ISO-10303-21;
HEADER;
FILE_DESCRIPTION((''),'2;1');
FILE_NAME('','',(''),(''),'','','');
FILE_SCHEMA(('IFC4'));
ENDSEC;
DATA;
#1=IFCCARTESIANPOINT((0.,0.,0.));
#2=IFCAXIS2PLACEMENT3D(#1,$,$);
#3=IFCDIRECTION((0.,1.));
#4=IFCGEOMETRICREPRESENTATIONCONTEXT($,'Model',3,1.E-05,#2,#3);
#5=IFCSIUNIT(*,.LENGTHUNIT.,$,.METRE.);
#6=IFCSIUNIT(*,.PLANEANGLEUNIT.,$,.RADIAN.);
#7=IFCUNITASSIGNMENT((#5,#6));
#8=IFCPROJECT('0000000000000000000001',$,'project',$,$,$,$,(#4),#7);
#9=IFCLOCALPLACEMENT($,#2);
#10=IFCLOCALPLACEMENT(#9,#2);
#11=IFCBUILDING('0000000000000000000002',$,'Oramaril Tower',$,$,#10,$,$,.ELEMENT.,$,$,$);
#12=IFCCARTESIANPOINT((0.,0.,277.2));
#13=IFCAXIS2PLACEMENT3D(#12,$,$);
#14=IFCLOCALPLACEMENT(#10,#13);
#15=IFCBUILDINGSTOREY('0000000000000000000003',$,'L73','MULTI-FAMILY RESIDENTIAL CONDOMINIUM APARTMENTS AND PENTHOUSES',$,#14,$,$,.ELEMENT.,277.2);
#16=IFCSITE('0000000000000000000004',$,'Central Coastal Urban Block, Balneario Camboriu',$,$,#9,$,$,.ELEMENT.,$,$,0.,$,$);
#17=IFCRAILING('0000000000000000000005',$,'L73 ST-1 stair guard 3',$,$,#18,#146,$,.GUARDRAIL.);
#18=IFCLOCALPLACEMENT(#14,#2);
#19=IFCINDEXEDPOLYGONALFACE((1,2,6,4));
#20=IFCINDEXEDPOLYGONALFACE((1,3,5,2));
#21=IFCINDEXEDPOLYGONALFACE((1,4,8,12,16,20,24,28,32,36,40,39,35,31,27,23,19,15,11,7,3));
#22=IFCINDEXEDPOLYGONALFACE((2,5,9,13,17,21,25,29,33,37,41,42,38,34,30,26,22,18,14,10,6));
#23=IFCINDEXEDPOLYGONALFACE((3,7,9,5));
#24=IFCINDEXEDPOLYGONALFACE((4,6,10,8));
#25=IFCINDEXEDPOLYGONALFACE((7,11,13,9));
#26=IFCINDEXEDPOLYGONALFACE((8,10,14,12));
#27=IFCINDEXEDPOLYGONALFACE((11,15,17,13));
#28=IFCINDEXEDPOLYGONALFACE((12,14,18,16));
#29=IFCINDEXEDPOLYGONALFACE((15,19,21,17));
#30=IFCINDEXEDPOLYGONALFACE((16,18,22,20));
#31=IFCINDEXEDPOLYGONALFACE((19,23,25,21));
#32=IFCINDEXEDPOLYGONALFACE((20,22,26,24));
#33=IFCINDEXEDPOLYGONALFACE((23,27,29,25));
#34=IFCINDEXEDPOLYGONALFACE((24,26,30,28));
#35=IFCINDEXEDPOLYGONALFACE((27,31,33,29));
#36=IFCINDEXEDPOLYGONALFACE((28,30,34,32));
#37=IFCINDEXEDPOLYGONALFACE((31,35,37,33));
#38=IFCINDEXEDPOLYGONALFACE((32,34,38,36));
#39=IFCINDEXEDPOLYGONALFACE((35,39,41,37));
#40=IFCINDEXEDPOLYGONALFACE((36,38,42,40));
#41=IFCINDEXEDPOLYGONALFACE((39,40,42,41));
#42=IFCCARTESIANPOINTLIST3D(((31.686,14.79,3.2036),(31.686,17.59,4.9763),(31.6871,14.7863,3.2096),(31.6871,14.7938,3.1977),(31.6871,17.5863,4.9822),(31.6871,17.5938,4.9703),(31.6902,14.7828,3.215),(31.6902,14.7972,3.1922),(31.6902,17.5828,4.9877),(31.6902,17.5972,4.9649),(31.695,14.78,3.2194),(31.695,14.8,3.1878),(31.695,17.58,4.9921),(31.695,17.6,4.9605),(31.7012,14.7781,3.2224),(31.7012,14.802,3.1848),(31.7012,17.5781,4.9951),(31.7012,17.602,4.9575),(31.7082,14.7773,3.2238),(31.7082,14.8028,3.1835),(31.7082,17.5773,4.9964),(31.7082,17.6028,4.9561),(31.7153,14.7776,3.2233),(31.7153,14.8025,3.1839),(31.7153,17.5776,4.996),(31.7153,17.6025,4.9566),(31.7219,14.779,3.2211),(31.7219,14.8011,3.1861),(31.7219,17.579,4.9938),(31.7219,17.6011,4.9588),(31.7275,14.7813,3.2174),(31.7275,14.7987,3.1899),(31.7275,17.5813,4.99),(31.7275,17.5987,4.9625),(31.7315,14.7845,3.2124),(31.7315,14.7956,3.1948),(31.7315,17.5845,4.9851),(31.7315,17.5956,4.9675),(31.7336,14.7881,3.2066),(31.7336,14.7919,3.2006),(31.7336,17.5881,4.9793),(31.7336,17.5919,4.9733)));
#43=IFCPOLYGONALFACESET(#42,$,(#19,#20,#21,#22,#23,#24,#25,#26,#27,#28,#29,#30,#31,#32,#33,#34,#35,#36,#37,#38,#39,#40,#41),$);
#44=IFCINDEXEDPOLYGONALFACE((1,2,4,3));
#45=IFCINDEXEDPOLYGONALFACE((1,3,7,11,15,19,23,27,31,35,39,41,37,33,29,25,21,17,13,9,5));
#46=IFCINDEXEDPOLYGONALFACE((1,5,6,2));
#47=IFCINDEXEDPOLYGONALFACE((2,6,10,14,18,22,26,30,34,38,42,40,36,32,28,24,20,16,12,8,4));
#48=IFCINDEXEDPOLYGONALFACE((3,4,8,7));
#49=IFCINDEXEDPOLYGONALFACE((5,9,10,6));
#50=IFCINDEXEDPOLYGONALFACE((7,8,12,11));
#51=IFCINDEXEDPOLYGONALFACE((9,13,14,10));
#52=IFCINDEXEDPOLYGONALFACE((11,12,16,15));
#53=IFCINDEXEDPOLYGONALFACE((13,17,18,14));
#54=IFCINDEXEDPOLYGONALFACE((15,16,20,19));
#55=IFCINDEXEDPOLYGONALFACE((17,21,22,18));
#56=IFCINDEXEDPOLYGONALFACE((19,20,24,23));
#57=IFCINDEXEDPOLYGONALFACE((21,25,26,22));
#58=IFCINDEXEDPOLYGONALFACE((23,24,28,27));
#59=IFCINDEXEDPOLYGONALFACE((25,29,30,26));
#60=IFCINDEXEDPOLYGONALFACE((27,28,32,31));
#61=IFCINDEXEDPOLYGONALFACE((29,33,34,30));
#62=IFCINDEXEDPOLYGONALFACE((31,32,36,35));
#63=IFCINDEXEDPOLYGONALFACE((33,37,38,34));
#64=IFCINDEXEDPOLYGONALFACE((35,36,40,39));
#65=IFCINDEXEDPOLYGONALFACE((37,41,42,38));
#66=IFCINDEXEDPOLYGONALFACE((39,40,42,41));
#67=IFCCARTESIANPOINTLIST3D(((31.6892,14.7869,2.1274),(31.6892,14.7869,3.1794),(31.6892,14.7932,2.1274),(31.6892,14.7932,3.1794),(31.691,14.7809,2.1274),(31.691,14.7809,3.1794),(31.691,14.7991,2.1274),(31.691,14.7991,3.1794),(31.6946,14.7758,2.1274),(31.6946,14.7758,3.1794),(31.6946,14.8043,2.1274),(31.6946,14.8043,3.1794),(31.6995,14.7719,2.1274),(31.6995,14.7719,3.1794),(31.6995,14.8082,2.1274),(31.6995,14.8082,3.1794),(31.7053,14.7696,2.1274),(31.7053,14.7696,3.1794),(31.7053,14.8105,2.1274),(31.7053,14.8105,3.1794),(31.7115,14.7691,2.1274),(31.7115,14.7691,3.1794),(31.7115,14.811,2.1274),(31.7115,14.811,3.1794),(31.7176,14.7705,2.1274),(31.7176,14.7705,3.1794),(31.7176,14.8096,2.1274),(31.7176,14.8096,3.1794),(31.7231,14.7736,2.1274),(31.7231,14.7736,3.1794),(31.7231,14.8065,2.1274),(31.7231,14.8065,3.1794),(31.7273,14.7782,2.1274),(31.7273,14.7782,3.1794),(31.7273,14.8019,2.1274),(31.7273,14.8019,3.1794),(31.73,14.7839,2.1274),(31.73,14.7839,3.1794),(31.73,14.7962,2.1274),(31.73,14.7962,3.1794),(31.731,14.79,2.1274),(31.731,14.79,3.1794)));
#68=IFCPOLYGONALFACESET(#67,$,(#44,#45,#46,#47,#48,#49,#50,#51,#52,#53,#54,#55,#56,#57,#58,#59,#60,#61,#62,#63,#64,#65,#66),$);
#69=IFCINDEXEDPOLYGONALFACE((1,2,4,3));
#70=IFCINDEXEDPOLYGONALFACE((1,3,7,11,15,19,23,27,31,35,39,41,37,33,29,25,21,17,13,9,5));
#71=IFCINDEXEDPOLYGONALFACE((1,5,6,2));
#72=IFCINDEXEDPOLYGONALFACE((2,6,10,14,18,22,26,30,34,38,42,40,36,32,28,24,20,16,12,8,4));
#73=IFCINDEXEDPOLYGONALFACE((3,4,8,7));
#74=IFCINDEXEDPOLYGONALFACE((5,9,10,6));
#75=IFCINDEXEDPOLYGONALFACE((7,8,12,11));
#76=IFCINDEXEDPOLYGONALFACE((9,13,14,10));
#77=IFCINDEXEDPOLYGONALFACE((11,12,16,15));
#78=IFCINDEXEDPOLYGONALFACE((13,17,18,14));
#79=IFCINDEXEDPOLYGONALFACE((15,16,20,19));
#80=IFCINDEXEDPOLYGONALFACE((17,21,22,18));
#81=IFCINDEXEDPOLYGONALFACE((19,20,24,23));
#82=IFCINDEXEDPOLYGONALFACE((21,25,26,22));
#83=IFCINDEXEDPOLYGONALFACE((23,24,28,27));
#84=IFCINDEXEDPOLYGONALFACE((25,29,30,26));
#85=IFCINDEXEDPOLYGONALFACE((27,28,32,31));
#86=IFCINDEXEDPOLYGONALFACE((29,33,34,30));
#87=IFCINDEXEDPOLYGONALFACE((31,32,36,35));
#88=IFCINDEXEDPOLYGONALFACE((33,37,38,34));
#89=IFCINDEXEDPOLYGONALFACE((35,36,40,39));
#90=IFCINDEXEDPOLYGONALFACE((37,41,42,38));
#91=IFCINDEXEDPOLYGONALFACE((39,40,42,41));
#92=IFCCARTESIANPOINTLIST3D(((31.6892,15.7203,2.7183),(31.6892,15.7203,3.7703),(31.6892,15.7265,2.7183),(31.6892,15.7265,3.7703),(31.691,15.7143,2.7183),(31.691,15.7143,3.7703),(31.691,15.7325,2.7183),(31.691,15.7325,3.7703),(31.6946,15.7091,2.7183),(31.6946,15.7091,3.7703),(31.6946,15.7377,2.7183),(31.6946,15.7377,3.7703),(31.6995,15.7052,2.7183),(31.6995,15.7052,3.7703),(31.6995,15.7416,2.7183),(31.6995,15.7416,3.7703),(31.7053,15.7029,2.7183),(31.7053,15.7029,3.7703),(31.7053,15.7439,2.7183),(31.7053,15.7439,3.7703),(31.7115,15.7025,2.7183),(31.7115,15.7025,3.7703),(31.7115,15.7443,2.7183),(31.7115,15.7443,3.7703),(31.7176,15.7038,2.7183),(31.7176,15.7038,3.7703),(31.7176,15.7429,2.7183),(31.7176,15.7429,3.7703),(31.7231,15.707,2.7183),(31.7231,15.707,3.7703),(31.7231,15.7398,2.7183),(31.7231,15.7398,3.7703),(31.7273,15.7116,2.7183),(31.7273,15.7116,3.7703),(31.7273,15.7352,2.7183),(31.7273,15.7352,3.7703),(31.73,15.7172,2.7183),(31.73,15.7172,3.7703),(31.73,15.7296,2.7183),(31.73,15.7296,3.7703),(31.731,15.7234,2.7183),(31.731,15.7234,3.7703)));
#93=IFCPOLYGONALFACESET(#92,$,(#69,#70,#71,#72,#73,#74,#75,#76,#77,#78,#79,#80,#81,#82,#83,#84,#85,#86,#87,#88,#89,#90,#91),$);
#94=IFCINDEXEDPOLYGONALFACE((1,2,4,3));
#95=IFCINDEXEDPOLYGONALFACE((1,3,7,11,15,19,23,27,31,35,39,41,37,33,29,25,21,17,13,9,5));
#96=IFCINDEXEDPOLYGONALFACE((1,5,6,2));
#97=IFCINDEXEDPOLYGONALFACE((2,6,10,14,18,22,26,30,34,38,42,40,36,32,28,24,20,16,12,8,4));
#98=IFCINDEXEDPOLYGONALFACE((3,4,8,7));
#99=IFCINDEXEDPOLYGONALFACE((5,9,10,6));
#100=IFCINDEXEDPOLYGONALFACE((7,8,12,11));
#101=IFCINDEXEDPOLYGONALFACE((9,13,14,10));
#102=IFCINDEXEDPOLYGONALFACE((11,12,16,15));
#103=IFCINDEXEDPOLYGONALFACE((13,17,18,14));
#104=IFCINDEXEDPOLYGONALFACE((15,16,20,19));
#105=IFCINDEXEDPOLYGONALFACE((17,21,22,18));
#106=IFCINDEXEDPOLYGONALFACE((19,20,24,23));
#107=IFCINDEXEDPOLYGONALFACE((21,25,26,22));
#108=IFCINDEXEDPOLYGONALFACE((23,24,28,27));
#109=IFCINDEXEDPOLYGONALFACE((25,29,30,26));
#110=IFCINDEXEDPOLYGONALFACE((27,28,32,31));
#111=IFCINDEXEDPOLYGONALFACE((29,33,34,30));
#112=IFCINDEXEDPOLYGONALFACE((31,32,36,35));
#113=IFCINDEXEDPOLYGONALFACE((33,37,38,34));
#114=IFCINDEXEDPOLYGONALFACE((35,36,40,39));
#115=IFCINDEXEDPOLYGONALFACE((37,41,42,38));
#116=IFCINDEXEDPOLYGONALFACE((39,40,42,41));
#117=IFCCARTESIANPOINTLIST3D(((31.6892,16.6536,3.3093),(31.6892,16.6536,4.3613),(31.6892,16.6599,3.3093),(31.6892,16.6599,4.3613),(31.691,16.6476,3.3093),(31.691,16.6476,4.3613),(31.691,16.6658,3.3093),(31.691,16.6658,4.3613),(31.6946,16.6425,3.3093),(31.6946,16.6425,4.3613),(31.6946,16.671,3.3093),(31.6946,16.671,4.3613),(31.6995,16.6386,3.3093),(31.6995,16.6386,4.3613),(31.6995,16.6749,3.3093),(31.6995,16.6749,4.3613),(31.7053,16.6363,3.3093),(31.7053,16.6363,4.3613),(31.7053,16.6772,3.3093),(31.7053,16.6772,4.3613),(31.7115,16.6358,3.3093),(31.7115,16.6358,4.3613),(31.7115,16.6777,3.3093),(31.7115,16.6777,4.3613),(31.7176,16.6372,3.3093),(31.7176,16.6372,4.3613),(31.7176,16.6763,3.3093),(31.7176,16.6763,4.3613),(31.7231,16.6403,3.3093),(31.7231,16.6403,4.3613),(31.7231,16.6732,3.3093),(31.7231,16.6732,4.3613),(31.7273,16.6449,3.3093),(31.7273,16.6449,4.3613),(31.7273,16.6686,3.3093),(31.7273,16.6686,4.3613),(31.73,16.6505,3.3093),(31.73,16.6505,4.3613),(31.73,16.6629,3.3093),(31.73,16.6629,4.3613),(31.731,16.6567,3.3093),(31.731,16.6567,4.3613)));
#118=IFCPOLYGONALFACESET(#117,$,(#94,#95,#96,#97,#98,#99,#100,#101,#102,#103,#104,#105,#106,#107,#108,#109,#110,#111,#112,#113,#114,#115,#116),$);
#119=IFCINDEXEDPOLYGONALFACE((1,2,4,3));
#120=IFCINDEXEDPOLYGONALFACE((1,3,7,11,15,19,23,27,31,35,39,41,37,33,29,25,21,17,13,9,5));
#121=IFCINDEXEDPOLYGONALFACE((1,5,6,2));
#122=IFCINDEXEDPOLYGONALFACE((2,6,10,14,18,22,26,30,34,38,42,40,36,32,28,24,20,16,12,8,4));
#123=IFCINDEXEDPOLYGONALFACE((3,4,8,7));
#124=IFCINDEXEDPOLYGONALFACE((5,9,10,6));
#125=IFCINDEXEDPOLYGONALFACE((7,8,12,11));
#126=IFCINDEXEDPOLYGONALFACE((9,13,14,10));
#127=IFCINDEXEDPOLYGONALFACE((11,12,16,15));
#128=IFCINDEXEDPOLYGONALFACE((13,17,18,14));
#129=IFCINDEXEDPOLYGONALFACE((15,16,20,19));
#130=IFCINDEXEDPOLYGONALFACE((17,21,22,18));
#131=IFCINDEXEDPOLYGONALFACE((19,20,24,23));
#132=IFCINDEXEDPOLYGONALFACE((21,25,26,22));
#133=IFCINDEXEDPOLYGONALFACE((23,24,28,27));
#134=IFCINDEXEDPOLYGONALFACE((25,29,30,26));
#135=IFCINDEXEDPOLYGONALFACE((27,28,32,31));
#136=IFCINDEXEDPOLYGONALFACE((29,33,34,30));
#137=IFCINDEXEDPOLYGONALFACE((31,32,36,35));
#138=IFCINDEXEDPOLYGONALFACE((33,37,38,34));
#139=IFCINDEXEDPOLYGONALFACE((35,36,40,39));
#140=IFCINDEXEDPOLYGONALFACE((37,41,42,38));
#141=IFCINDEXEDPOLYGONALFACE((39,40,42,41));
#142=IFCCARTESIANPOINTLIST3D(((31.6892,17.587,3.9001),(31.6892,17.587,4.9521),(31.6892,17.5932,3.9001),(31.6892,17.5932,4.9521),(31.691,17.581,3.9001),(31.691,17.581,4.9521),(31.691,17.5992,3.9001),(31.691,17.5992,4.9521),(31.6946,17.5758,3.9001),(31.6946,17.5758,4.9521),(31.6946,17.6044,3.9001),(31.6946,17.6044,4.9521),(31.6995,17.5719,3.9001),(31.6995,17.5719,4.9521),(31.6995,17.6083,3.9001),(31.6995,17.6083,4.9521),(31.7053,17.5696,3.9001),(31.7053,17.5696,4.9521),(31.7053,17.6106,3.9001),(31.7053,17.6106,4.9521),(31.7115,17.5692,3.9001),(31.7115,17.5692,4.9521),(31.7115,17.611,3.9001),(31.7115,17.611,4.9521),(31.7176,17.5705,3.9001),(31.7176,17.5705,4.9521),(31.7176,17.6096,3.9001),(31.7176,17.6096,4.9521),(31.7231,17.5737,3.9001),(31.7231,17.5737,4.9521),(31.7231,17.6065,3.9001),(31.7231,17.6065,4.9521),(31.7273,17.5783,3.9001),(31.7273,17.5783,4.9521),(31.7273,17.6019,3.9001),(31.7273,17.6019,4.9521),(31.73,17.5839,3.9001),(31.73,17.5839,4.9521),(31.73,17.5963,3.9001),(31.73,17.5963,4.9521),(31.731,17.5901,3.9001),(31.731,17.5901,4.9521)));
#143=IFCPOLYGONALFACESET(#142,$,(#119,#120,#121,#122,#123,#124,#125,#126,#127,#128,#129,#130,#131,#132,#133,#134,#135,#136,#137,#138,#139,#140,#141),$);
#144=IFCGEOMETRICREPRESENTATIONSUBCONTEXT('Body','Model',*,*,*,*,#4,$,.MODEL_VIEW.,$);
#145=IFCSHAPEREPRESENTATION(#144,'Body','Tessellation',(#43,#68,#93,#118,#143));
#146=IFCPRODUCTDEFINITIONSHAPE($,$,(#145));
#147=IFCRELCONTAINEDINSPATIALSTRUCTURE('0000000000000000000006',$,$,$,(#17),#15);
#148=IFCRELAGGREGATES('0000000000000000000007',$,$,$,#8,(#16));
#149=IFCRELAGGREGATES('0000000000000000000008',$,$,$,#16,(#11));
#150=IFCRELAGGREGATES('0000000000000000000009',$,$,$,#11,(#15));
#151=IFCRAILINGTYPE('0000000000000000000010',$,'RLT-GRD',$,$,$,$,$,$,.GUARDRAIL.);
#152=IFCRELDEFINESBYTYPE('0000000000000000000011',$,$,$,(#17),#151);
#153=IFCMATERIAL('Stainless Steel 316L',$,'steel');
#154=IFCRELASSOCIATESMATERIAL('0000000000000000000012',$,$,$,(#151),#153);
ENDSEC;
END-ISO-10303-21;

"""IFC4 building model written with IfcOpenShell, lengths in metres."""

from ifc_helpers import new_model, si_unit, direction, frame, origin, origin_2d, place, context, subcontext, project, spatial, circle, extrude, material, type_object, element, save


model = new_model("IFC4")

# Units and contexts
model_context = context("Model", 3, precision=1e-05, world=origin(), true_north=direction((0.0, 1.0)))
body_context = subcontext(model_context, "Body", "Model", "MODEL_VIEW")
ifc_project = project(units=[si_unit("LENGTHUNIT", "METRE"), si_unit("PLANEANGLEUNIT", "RADIAN")], contexts=[model_context])

# Site, building, storey
site_placement = place(None, origin())
site = spatial("IfcSite", under=ifc_project, at=site_placement, Name="Central Coastal Urban Block, Balneario Camboriu", CompositionType="ELEMENT", RefElevation=0.0)
building_placement = place(site_placement, origin())
building = spatial("IfcBuilding", under=site, at=building_placement, Name="Oramaril Tower", CompositionType="ELEMENT")
storey_placement = place(building_placement, frame((0.0, 0.0, 277.2)))
storey = spatial("IfcBuildingStorey", under=building, at=storey_placement, Name="L73", Description="MULTI-FAMILY RESIDENTIAL CONDOMINIUM APARTMENTS AND PENTHOUSES", CompositionType="ELEMENT", Elevation=277.2)

# Railing
ifc_material_1 = material(Name="Stainless Steel 316L", Category="steel")
railing_type_1 = type_object("IfcRailingType", Name="RLT-GRD", PredefinedType="GUARDRAIL", material=ifc_material_1)
railing_1_placement = place(storey_placement, frame((31.71, 14.79, 2.1274)))
element("IfcRailing", 1, at=railing_1_placement, inside=storey, type_object=railing_type_1, Name="L73 ST-1 stair guard 3", PredefinedType="GUARDRAIL", context=body_context, shape_type="SweptSolid", body=[
    extrude(circle(Radius=0.0239, at=origin_2d()), frame((0.0, 0.0, 1.0762), z_axis=(0.0, 0.844909, 0.53491), x_axis=(-1.0, 0.0, 0.0)), (0.0, 0.0, 1.0), 3.314),
    extrude(circle(Radius=0.021, at=origin_2d()), origin(), (0.0, 0.0, 1.0), 1.052),
    extrude(circle(Radius=0.021, at=origin_2d()), frame((0.0, 0.9333, 0.5908)), (0.0, 0.0, 1.0), 1.052),
    extrude(circle(Radius=0.021, at=origin_2d()), frame((0.0, 1.8667, 1.1819)), (0.0, 0.0, 1.0), 1.052),
    extrude(circle(Radius=0.021, at=origin_2d()), frame((0.0, 2.8, 1.7727)), (0.0, 0.0, 1.0), 1.052),
])

save(model, "model.ifc")
